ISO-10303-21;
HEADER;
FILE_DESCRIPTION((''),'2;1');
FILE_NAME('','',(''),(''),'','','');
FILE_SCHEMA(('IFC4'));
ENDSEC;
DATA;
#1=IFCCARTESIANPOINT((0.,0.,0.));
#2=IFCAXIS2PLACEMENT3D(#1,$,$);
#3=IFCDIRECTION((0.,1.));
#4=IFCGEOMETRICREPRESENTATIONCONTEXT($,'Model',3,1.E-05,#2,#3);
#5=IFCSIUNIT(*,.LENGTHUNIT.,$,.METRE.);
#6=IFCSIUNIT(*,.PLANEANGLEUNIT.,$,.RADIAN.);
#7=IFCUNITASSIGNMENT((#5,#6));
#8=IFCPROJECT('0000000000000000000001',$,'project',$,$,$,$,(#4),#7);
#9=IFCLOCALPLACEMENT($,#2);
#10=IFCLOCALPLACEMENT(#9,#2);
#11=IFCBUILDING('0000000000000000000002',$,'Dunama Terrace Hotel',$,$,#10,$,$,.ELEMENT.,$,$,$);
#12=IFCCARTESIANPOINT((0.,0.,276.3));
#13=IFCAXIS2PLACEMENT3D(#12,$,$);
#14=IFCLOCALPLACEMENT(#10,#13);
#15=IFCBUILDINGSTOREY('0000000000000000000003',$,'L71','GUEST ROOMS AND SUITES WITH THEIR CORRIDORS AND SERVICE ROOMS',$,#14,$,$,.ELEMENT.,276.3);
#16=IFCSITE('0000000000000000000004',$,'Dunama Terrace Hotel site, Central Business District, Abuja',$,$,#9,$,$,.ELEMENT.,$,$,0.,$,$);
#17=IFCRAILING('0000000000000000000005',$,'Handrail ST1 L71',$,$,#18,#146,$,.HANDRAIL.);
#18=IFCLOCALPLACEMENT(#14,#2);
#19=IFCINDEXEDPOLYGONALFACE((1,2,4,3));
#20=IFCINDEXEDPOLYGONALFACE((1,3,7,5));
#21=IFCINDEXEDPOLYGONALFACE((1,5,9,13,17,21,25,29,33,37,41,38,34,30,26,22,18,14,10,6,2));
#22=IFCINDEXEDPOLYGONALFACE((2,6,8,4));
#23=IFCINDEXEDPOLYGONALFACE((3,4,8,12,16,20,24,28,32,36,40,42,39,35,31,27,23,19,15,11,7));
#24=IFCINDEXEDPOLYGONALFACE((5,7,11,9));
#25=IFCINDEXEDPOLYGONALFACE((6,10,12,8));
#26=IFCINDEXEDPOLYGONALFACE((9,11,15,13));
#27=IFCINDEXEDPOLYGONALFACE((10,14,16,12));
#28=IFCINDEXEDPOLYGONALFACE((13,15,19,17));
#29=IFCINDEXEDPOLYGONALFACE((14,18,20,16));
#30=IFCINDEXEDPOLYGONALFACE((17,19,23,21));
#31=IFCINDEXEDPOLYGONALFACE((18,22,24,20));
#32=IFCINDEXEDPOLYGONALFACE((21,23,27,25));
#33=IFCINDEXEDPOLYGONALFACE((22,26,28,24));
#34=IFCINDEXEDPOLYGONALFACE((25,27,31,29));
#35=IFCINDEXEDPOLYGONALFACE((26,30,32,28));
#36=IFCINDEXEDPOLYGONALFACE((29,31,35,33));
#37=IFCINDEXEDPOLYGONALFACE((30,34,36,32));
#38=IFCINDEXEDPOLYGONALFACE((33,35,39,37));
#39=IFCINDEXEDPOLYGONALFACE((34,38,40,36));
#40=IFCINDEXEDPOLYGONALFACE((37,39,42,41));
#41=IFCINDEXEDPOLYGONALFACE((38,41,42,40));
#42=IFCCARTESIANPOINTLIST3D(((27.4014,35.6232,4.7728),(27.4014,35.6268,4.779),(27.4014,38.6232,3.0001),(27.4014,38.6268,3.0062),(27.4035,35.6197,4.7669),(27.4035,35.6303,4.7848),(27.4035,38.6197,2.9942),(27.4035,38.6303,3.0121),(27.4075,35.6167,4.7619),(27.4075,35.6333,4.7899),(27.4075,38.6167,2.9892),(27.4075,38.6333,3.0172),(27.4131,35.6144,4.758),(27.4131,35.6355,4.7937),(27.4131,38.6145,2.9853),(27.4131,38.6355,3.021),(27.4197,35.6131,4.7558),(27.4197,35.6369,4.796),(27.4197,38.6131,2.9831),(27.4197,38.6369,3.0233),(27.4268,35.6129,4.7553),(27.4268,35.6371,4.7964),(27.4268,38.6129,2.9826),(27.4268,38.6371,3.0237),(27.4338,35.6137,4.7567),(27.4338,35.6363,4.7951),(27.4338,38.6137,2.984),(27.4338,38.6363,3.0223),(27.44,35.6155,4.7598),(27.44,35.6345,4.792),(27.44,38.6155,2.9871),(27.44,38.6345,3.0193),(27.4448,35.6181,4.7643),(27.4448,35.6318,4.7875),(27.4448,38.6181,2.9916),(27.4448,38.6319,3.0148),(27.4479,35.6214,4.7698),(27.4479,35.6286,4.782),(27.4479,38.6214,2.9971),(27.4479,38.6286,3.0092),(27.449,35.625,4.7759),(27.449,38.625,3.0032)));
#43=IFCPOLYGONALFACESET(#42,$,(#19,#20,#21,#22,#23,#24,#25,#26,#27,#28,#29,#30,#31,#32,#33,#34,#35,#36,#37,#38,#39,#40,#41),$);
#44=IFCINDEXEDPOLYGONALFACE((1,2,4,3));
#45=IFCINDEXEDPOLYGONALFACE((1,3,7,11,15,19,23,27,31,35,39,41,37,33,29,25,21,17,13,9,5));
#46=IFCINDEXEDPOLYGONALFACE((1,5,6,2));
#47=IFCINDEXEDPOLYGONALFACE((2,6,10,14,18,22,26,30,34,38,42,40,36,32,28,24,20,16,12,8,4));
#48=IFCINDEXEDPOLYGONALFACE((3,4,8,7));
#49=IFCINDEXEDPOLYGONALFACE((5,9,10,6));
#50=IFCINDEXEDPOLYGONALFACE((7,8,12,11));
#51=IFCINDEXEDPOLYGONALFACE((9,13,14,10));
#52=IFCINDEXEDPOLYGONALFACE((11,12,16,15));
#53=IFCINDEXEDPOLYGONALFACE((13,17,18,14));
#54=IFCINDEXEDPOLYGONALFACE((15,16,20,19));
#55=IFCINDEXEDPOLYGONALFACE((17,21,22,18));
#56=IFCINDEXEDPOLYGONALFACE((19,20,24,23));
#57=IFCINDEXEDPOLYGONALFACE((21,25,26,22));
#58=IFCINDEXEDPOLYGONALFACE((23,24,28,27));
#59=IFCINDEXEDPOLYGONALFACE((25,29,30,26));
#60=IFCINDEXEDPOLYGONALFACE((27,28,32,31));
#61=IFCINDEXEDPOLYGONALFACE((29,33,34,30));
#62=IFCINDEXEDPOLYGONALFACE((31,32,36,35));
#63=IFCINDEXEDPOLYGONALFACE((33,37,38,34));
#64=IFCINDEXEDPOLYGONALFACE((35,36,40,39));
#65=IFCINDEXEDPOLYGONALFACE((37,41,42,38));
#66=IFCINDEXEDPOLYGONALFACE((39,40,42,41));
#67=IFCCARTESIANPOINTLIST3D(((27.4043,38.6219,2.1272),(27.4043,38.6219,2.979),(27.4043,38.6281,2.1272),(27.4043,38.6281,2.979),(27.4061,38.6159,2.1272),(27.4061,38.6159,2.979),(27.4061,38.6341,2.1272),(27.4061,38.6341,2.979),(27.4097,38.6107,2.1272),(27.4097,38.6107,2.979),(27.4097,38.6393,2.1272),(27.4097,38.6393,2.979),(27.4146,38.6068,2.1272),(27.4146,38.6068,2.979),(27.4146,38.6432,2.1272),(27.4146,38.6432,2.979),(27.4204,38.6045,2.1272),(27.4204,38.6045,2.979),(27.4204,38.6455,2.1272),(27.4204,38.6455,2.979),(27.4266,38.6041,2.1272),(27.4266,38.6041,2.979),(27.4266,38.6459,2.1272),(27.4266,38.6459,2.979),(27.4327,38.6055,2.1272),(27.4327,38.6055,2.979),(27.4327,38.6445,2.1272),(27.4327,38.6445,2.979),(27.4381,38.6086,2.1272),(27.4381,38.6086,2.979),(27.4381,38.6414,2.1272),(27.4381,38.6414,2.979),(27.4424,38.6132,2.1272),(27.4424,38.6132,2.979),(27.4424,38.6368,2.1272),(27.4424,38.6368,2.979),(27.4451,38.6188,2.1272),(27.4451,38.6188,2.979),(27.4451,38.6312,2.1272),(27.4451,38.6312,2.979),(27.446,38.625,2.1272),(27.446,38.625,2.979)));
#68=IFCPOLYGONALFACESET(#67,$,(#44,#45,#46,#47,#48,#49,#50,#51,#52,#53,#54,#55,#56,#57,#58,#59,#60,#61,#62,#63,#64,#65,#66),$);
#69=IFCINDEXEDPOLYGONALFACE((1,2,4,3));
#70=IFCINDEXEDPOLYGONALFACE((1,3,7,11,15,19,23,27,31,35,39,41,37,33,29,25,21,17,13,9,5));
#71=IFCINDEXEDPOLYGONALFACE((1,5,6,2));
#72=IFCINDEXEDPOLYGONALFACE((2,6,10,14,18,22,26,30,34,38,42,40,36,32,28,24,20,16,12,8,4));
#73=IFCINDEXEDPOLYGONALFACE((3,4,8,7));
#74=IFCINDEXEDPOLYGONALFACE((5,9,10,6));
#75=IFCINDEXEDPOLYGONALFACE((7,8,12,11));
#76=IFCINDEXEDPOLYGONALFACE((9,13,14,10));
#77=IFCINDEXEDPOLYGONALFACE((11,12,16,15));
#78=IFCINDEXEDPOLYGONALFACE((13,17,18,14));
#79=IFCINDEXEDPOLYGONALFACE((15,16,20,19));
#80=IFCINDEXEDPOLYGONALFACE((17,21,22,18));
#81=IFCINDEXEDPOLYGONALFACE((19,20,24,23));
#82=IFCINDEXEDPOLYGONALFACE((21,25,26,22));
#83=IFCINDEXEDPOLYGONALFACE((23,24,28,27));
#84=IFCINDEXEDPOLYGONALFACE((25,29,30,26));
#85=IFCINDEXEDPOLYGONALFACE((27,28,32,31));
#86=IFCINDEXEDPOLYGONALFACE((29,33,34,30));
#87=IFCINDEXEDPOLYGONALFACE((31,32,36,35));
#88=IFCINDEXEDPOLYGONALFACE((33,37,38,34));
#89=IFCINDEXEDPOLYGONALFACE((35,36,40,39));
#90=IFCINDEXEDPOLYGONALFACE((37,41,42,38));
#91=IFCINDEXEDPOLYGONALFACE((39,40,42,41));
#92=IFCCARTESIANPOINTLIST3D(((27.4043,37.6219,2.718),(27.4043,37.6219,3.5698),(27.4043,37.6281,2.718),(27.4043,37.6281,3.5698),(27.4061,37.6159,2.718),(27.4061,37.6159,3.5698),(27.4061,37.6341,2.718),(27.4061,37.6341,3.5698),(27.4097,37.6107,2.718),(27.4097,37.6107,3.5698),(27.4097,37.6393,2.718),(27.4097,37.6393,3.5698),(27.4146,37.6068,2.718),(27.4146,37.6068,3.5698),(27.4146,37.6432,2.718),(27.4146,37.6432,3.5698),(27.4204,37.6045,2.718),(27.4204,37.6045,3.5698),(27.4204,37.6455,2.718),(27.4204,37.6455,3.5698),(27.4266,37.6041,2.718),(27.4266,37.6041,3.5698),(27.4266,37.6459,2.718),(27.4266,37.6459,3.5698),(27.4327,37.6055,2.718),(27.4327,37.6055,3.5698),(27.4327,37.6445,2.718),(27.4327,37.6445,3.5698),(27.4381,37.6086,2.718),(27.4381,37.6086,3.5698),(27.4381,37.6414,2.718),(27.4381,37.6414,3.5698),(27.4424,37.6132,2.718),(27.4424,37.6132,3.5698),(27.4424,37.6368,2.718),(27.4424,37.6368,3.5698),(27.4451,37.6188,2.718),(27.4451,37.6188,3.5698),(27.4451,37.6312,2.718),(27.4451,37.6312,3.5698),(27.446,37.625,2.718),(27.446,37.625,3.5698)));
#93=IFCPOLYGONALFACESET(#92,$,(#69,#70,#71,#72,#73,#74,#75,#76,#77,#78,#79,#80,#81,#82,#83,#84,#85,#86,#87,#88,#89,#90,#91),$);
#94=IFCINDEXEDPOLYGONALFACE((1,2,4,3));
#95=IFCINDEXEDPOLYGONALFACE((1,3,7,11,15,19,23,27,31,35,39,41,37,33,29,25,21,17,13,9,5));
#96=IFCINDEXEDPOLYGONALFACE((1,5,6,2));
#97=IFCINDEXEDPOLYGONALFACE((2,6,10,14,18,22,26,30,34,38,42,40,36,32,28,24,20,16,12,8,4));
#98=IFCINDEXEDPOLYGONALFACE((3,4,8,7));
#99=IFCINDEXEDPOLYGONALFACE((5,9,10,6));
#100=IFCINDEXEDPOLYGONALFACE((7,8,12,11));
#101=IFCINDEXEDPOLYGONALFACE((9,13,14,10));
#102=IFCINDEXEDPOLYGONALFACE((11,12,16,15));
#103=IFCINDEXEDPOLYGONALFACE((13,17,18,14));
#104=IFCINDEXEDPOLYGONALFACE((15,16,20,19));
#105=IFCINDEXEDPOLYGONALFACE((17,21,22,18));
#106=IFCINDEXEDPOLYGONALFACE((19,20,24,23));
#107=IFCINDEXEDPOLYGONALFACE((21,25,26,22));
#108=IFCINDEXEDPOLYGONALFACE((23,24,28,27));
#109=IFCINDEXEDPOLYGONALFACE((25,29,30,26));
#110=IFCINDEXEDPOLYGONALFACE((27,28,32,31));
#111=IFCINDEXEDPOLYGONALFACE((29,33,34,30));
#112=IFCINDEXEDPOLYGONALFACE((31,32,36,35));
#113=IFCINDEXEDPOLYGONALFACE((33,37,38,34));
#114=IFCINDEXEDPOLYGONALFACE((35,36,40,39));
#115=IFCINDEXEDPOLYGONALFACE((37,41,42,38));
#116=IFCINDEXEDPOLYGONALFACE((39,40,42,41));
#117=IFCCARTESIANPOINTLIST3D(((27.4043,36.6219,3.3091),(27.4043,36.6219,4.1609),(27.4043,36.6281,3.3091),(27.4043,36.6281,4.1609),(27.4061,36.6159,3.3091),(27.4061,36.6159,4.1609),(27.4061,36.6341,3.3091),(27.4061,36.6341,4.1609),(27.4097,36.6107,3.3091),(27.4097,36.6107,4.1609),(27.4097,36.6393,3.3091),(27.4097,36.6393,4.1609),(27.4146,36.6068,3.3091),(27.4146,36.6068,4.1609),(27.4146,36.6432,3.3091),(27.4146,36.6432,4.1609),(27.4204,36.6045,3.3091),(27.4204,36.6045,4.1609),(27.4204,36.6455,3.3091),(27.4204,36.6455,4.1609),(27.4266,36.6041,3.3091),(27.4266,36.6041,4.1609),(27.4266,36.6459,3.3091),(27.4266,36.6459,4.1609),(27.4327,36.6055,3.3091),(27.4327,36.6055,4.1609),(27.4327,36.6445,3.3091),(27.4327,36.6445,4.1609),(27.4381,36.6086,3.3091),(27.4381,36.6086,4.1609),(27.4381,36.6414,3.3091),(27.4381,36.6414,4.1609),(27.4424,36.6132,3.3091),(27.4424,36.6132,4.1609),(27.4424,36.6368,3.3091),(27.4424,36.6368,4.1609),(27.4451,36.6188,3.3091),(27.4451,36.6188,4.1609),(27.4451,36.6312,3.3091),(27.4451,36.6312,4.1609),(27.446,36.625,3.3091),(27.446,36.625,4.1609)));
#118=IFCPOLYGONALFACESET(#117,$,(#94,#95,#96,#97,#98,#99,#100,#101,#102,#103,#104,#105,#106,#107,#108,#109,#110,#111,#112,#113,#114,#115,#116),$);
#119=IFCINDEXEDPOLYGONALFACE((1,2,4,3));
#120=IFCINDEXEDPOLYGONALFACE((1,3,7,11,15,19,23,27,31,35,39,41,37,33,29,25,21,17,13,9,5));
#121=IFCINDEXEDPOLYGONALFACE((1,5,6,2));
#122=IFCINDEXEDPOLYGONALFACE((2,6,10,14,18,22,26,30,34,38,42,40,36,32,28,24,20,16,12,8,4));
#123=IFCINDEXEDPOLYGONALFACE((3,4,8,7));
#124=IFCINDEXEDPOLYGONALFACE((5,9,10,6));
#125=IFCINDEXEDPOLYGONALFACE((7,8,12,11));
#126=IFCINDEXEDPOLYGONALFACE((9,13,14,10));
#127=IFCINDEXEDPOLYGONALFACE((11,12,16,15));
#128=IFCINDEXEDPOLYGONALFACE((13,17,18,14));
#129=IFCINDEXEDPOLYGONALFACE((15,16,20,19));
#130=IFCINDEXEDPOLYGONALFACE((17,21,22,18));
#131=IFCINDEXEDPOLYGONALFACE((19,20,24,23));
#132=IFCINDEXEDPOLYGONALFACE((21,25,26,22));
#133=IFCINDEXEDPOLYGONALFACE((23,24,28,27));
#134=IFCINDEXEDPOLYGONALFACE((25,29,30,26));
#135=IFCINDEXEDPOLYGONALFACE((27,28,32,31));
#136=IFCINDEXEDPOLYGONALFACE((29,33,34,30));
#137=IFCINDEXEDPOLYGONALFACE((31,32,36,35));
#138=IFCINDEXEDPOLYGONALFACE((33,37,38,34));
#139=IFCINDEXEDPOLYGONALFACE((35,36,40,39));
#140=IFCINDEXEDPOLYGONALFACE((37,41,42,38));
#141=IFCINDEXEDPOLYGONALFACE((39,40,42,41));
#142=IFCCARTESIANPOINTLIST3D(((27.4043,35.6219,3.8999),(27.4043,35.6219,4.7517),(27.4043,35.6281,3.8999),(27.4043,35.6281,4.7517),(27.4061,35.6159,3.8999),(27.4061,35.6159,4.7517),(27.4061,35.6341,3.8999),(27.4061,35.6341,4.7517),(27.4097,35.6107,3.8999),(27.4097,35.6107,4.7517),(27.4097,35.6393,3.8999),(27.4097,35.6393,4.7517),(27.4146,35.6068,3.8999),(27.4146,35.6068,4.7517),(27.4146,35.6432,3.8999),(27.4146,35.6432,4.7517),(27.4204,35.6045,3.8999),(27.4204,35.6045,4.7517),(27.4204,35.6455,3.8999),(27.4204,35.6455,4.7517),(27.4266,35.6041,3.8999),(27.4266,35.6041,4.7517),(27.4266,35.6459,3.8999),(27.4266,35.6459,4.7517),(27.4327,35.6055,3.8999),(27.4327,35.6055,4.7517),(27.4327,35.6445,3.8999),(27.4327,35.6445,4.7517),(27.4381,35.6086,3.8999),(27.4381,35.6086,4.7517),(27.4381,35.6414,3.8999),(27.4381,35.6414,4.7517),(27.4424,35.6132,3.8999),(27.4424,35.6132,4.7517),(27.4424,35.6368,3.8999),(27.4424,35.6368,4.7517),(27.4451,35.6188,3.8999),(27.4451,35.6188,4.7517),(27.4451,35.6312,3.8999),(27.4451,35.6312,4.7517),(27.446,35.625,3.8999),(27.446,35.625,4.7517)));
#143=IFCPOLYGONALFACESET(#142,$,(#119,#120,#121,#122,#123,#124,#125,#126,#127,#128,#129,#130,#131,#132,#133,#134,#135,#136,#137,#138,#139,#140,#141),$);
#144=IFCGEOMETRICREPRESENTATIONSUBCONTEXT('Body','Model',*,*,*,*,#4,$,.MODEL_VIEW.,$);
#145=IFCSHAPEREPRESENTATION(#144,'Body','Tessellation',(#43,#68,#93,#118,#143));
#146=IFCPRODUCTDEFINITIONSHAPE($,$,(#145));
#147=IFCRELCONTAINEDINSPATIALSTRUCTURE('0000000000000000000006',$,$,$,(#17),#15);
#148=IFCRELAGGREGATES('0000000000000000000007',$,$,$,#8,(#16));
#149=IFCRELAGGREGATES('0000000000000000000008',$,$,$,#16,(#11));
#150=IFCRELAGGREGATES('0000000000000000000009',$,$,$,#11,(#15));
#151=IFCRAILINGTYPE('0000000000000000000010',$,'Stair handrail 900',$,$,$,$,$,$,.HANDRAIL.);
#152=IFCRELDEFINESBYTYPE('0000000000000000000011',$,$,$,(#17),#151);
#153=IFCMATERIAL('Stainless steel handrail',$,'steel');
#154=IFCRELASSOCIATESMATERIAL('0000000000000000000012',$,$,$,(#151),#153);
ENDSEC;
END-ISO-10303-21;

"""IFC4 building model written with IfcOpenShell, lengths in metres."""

from ifc_helpers import new_model, si_unit, direction, frame, origin, origin_2d, place, context, subcontext, project, spatial, circle, extrude, material, type_object, element, save


model = new_model("IFC4")

# Units and contexts
model_context = context("Model", 3, precision=1e-05, world=origin(), true_north=direction((0.0, 1.0)))
body_context = subcontext(model_context, "Body", "Model", "MODEL_VIEW")
ifc_project = project(units=[si_unit("LENGTHUNIT", "METRE"), si_unit("PLANEANGLEUNIT", "RADIAN")], contexts=[model_context])

# Site, building, storey
site_placement = place(None, origin())
site = spatial("IfcSite", under=ifc_project, at=site_placement, Name="Dunama Terrace Hotel site, Central Business District, Abuja", CompositionType="ELEMENT", RefElevation=0.0)
building_placement = place(site_placement, origin())
building = spatial("IfcBuilding", under=site, at=building_placement, Name="Dunama Terrace Hotel", CompositionType="ELEMENT")
storey_placement = place(building_placement, frame((0.0, 0.0, 276.3)))
storey = spatial("IfcBuildingStorey", under=building, at=storey_placement, Name="L71", Description="GUEST ROOMS AND SUITES WITH THEIR CORRIDORS AND SERVICE ROOMS", CompositionType="ELEMENT", Elevation=276.3)

# Railing
ifc_material_1 = material(Name="Stainless steel handrail", Category="steel")
railing_type = type_object("IfcRailingType", Name="Stair handrail 900", PredefinedType="HANDRAIL", material=ifc_material_1)
railing_1_placement = place(storey_placement, frame((27.425, 38.625, 2.1272)))
element("IfcRailing", 1, at=railing_1_placement, inside=storey, type_object=railing_type, Name="Handrail ST1 L71", PredefinedType="HANDRAIL", context=body_context, shape_type="SweptSolid", body=[
    extrude(circle(Radius=0.0239, at=origin_2d()), frame((0.0, 0.0, 0.876), z_axis=(0.0, -0.860929, 0.508725), x_axis=(1.0, 0.0, 0.0)), (0.0, 0.0, 1.0), 3.4846),
    extrude(circle(Radius=0.021, at=origin_2d()), origin(), (0.0, 0.0, 1.0), 0.8518),
    extrude(circle(Radius=0.021, at=origin_2d()), frame((0.0, -1.0, 0.5908)), (0.0, 0.0, 1.0), 0.8518),
    extrude(circle(Radius=0.021, at=origin_2d()), frame((0.0, -2.0, 1.1819)), (0.0, 0.0, 1.0), 0.8518),
    extrude(circle(Radius=0.021, at=origin_2d()), frame((0.0, -3.0, 1.7727)), (0.0, 0.0, 1.0), 0.8518),
])

save(model, "model.ifc")
